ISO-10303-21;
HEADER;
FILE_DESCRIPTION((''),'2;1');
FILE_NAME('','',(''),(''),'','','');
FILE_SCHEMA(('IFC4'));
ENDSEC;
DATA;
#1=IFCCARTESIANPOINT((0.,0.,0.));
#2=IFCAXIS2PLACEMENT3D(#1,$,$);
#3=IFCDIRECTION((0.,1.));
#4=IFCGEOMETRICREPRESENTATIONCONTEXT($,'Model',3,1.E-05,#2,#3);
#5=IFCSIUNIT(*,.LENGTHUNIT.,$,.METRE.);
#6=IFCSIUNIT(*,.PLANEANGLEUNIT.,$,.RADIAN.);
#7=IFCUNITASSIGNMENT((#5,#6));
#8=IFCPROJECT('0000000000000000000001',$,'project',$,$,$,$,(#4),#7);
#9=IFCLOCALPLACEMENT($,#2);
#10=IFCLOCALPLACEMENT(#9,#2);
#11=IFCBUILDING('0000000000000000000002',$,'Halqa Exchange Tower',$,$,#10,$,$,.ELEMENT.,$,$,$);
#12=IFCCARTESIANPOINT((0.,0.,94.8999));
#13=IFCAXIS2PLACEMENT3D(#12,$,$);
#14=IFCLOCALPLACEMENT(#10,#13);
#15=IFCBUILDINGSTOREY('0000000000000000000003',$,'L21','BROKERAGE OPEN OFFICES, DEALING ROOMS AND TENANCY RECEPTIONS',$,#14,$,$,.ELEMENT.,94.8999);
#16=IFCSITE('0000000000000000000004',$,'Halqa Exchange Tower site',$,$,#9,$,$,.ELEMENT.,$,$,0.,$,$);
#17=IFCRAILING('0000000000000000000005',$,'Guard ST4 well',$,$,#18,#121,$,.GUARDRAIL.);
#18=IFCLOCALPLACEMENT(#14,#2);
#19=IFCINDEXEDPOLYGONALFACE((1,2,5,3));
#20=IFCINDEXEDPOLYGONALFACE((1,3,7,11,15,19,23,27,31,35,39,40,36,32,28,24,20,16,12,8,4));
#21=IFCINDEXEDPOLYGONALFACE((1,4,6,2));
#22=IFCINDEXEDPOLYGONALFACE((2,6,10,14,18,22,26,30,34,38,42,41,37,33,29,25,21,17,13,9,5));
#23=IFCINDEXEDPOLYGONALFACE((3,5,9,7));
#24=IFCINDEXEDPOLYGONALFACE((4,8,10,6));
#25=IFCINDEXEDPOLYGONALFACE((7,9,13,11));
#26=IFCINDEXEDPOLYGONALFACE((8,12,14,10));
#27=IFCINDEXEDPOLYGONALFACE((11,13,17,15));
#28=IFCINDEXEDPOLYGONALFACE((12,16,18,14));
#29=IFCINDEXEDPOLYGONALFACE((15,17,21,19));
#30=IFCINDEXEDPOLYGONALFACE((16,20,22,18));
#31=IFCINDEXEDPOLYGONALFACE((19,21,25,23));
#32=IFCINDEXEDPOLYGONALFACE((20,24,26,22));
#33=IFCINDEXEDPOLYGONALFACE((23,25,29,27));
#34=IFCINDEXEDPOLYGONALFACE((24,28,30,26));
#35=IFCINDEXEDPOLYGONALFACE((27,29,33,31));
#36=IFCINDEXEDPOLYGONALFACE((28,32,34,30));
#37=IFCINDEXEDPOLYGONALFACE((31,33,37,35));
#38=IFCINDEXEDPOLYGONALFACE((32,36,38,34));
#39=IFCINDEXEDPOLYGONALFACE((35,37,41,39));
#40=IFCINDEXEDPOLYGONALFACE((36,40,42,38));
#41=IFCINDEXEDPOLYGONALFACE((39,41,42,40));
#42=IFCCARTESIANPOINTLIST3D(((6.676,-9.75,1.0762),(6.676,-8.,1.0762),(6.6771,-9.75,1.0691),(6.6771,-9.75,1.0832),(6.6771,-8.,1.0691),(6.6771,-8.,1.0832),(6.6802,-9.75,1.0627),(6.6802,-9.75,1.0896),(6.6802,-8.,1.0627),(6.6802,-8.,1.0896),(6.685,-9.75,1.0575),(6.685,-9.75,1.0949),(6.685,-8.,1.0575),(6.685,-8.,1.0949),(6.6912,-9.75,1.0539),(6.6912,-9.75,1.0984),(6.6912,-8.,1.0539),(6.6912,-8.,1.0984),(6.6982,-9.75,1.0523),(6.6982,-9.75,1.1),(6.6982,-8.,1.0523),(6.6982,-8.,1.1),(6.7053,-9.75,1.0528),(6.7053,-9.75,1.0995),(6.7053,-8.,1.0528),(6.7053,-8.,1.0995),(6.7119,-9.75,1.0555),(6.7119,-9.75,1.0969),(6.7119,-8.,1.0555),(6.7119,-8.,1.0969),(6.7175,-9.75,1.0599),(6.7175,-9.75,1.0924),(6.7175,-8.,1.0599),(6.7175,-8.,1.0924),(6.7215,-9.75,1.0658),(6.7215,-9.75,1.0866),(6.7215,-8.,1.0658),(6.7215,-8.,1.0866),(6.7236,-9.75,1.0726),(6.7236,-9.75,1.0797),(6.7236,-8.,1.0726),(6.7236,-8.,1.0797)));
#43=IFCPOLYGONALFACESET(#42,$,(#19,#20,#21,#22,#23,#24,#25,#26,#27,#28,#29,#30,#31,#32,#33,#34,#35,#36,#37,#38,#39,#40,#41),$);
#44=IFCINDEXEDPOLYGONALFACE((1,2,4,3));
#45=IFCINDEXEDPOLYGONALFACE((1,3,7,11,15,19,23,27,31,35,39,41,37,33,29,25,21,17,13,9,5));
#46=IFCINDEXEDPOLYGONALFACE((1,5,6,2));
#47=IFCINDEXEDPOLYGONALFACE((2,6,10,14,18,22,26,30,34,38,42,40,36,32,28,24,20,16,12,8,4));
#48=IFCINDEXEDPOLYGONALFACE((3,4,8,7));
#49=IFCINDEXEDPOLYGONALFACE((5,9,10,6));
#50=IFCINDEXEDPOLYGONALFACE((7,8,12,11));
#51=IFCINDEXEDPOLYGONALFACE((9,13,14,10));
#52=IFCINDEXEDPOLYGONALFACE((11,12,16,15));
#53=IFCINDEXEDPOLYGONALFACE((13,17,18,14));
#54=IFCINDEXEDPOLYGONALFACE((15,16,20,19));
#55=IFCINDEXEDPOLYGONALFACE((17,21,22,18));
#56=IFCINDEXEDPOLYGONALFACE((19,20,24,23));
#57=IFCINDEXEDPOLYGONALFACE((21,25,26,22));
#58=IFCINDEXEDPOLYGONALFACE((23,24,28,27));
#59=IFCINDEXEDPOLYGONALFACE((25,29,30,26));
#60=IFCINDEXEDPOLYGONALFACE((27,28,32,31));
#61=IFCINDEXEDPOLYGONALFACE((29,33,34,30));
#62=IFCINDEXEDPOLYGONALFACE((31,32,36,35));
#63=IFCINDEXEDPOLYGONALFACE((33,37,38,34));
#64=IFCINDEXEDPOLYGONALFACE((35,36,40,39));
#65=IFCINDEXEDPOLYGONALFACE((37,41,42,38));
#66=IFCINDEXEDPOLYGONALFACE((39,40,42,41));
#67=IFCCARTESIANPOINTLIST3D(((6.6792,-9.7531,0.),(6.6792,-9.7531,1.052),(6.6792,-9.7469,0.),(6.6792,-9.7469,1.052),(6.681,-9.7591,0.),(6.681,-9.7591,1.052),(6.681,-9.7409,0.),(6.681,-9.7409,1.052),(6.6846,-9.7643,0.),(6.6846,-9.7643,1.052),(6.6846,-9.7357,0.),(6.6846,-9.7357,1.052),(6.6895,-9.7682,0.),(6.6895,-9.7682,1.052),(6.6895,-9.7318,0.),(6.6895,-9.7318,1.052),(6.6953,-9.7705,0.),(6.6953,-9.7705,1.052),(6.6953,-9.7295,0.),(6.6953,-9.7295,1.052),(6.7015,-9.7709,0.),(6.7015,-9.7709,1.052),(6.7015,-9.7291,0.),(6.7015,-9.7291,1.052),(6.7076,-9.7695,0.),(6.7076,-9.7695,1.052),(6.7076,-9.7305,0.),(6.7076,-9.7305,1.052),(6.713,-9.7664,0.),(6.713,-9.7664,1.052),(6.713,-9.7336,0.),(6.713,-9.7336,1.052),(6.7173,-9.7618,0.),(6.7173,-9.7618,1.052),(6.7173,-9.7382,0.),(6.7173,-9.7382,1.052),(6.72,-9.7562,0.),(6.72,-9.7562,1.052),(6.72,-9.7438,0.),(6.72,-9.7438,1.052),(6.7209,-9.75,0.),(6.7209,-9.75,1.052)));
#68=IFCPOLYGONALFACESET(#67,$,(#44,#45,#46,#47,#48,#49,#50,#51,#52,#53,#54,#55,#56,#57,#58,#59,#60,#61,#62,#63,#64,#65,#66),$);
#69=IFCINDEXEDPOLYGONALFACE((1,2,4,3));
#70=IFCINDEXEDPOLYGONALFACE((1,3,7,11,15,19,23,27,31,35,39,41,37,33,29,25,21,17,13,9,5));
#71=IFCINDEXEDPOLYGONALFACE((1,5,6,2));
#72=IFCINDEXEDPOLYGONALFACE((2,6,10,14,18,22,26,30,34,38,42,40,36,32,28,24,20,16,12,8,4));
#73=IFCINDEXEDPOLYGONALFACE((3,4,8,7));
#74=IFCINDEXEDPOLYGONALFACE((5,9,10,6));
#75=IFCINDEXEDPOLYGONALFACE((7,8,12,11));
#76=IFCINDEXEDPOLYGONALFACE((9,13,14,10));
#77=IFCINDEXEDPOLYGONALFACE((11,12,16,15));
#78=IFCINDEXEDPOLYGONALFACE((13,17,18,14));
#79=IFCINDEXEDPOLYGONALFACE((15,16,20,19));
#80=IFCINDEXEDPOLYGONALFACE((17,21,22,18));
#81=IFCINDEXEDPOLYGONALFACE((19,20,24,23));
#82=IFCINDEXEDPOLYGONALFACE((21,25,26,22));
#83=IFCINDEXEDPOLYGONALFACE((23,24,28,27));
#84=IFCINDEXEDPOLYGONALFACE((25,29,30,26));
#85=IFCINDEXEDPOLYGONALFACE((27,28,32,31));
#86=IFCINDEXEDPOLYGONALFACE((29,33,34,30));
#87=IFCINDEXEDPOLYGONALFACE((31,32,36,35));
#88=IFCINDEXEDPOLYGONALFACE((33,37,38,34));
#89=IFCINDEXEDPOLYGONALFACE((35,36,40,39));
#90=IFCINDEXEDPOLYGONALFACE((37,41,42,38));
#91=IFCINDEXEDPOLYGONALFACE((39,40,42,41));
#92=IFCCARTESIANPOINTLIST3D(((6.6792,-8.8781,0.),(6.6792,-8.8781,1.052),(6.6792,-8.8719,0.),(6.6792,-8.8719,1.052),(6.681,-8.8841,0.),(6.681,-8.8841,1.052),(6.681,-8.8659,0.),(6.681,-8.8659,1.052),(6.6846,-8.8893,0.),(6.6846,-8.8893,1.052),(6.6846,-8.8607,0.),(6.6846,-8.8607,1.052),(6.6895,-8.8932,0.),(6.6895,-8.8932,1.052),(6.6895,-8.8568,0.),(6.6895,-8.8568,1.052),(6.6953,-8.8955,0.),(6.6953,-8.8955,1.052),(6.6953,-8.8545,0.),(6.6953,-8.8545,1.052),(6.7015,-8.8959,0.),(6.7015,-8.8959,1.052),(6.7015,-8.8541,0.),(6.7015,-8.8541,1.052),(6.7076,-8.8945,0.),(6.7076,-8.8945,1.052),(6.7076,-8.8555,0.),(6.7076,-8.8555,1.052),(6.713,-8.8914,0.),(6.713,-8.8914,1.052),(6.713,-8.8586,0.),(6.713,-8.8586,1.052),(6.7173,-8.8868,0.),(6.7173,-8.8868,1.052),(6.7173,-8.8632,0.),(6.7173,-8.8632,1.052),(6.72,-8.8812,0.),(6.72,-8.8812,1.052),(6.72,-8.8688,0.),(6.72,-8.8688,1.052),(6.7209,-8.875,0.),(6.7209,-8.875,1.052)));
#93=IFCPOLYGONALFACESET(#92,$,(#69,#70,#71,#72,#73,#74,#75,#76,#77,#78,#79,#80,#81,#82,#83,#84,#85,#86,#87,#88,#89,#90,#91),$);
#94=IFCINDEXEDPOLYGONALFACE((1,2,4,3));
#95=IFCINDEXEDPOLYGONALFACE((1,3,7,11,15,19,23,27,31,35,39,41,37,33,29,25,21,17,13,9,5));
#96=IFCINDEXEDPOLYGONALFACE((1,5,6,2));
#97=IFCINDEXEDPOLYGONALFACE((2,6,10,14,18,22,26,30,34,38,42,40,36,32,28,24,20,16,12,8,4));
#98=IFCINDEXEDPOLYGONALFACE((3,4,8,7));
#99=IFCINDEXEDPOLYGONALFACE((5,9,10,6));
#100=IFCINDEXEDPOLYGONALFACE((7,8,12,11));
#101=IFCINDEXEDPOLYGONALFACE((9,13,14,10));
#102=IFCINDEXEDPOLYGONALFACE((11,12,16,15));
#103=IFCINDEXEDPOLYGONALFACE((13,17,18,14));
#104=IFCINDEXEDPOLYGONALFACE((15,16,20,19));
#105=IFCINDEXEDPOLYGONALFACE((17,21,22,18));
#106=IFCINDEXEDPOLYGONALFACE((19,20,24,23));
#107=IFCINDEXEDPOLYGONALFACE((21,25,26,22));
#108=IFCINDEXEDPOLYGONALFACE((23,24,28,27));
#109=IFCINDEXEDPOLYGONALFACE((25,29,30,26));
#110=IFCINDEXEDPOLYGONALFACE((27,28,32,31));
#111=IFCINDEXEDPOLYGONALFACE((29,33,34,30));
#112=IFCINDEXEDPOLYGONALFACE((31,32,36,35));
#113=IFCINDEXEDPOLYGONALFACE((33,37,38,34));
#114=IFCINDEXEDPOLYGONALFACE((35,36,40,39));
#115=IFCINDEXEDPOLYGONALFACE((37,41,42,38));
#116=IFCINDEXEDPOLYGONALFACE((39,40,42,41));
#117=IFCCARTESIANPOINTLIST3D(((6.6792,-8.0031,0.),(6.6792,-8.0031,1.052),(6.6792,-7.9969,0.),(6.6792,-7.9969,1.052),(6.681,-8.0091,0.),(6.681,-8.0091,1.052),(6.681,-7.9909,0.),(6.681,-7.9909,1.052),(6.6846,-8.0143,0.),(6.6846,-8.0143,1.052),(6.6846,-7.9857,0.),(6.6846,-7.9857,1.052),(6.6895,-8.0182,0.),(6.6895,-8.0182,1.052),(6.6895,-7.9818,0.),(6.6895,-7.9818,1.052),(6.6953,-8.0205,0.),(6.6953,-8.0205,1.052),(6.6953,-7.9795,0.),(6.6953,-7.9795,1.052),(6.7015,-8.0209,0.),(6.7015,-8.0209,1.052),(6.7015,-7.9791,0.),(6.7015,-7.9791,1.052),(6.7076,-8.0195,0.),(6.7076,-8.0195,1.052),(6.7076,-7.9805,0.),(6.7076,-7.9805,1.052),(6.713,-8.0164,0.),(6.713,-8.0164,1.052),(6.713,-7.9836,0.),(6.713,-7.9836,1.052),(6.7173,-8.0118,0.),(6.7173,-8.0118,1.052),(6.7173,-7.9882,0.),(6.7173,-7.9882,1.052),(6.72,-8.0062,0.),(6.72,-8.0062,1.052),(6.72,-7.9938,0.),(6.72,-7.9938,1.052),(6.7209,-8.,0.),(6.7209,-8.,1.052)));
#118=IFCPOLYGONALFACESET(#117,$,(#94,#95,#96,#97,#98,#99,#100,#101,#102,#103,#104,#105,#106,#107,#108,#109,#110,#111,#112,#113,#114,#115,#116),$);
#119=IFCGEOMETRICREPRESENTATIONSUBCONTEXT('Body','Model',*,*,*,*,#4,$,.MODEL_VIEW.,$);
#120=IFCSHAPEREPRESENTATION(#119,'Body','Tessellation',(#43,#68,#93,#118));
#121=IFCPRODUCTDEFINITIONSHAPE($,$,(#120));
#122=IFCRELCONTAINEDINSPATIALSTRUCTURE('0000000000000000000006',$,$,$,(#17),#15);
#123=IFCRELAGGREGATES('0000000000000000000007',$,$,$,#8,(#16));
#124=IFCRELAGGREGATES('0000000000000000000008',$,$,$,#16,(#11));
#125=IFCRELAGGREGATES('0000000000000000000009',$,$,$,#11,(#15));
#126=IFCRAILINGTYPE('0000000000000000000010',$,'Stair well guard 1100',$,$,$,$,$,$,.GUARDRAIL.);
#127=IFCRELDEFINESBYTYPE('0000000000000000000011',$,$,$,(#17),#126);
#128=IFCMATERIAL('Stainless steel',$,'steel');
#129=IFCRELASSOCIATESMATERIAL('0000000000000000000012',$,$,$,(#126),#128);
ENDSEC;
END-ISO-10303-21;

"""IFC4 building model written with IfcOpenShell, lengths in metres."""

from ifc_helpers import new_model, si_unit, direction, frame, origin, origin_2d, place, context, subcontext, project, spatial, circle, extrude, material, type_object, element, save


model = new_model("IFC4")

# Units and contexts
model_context = context("Model", 3, precision=1e-05, world=origin(), true_north=direction((0.0, 1.0)))
body_context = subcontext(model_context, "Body", "Model", "MODEL_VIEW")
ifc_project = project(units=[si_unit("LENGTHUNIT", "METRE"), si_unit("PLANEANGLEUNIT", "RADIAN")], contexts=[model_context])

# Site, building, storey
site_placement = place(None, origin())
site = spatial("IfcSite", under=ifc_project, at=site_placement, Name="Halqa Exchange Tower site", CompositionType="ELEMENT", RefElevation=0.0)
building_placement = place(site_placement, origin())
building = spatial("IfcBuilding", under=site, at=building_placement, Name="Halqa Exchange Tower", CompositionType="ELEMENT")
storey_placement = place(building_placement, frame((0.0, 0.0, 94.8999)))
storey = spatial("IfcBuildingStorey", under=building, at=storey_placement, Name="L21", Description="BROKERAGE OPEN OFFICES, DEALING ROOMS AND TENANCY RECEPTIONS", CompositionType="ELEMENT", Elevation=94.8999)

# Railing
ifc_material_1 = material(Name="Stainless steel", Category="steel")
railing_type_1 = type_object("IfcRailingType", Name="Stair well guard 1100", PredefinedType="GUARDRAIL", material=ifc_material_1)
railing_1_placement = place(storey_placement, frame((6.7, -9.75, 0.0)))
element("IfcRailing", 1, at=railing_1_placement, inside=storey, type_object=railing_type_1, Name="Guard ST4 well", PredefinedType="GUARDRAIL", context=body_context, shape_type="SweptSolid", body=[
    extrude(circle(Radius=0.0239, at=origin_2d()), frame((0.0, 0.0, 1.0762), z_axis=(0.0, 1.0, 0.0), x_axis=(-1.0, 0.0, 0.0)), (0.0, 0.0, 1.0), 1.75),
    extrude(circle(Radius=0.021, at=origin_2d()), origin(), (0.0, 0.0, 1.0), 1.052),
    extrude(circle(Radius=0.021, at=origin_2d()), frame((0.0, 0.875, 0.0)), (0.0, 0.0, 1.0), 1.052),
    extrude(circle(Radius=0.021, at=origin_2d()), frame((0.0, 1.75, 0.0)), (0.0, 0.0, 1.0), 1.052),
])

save(model, "model.ifc")
